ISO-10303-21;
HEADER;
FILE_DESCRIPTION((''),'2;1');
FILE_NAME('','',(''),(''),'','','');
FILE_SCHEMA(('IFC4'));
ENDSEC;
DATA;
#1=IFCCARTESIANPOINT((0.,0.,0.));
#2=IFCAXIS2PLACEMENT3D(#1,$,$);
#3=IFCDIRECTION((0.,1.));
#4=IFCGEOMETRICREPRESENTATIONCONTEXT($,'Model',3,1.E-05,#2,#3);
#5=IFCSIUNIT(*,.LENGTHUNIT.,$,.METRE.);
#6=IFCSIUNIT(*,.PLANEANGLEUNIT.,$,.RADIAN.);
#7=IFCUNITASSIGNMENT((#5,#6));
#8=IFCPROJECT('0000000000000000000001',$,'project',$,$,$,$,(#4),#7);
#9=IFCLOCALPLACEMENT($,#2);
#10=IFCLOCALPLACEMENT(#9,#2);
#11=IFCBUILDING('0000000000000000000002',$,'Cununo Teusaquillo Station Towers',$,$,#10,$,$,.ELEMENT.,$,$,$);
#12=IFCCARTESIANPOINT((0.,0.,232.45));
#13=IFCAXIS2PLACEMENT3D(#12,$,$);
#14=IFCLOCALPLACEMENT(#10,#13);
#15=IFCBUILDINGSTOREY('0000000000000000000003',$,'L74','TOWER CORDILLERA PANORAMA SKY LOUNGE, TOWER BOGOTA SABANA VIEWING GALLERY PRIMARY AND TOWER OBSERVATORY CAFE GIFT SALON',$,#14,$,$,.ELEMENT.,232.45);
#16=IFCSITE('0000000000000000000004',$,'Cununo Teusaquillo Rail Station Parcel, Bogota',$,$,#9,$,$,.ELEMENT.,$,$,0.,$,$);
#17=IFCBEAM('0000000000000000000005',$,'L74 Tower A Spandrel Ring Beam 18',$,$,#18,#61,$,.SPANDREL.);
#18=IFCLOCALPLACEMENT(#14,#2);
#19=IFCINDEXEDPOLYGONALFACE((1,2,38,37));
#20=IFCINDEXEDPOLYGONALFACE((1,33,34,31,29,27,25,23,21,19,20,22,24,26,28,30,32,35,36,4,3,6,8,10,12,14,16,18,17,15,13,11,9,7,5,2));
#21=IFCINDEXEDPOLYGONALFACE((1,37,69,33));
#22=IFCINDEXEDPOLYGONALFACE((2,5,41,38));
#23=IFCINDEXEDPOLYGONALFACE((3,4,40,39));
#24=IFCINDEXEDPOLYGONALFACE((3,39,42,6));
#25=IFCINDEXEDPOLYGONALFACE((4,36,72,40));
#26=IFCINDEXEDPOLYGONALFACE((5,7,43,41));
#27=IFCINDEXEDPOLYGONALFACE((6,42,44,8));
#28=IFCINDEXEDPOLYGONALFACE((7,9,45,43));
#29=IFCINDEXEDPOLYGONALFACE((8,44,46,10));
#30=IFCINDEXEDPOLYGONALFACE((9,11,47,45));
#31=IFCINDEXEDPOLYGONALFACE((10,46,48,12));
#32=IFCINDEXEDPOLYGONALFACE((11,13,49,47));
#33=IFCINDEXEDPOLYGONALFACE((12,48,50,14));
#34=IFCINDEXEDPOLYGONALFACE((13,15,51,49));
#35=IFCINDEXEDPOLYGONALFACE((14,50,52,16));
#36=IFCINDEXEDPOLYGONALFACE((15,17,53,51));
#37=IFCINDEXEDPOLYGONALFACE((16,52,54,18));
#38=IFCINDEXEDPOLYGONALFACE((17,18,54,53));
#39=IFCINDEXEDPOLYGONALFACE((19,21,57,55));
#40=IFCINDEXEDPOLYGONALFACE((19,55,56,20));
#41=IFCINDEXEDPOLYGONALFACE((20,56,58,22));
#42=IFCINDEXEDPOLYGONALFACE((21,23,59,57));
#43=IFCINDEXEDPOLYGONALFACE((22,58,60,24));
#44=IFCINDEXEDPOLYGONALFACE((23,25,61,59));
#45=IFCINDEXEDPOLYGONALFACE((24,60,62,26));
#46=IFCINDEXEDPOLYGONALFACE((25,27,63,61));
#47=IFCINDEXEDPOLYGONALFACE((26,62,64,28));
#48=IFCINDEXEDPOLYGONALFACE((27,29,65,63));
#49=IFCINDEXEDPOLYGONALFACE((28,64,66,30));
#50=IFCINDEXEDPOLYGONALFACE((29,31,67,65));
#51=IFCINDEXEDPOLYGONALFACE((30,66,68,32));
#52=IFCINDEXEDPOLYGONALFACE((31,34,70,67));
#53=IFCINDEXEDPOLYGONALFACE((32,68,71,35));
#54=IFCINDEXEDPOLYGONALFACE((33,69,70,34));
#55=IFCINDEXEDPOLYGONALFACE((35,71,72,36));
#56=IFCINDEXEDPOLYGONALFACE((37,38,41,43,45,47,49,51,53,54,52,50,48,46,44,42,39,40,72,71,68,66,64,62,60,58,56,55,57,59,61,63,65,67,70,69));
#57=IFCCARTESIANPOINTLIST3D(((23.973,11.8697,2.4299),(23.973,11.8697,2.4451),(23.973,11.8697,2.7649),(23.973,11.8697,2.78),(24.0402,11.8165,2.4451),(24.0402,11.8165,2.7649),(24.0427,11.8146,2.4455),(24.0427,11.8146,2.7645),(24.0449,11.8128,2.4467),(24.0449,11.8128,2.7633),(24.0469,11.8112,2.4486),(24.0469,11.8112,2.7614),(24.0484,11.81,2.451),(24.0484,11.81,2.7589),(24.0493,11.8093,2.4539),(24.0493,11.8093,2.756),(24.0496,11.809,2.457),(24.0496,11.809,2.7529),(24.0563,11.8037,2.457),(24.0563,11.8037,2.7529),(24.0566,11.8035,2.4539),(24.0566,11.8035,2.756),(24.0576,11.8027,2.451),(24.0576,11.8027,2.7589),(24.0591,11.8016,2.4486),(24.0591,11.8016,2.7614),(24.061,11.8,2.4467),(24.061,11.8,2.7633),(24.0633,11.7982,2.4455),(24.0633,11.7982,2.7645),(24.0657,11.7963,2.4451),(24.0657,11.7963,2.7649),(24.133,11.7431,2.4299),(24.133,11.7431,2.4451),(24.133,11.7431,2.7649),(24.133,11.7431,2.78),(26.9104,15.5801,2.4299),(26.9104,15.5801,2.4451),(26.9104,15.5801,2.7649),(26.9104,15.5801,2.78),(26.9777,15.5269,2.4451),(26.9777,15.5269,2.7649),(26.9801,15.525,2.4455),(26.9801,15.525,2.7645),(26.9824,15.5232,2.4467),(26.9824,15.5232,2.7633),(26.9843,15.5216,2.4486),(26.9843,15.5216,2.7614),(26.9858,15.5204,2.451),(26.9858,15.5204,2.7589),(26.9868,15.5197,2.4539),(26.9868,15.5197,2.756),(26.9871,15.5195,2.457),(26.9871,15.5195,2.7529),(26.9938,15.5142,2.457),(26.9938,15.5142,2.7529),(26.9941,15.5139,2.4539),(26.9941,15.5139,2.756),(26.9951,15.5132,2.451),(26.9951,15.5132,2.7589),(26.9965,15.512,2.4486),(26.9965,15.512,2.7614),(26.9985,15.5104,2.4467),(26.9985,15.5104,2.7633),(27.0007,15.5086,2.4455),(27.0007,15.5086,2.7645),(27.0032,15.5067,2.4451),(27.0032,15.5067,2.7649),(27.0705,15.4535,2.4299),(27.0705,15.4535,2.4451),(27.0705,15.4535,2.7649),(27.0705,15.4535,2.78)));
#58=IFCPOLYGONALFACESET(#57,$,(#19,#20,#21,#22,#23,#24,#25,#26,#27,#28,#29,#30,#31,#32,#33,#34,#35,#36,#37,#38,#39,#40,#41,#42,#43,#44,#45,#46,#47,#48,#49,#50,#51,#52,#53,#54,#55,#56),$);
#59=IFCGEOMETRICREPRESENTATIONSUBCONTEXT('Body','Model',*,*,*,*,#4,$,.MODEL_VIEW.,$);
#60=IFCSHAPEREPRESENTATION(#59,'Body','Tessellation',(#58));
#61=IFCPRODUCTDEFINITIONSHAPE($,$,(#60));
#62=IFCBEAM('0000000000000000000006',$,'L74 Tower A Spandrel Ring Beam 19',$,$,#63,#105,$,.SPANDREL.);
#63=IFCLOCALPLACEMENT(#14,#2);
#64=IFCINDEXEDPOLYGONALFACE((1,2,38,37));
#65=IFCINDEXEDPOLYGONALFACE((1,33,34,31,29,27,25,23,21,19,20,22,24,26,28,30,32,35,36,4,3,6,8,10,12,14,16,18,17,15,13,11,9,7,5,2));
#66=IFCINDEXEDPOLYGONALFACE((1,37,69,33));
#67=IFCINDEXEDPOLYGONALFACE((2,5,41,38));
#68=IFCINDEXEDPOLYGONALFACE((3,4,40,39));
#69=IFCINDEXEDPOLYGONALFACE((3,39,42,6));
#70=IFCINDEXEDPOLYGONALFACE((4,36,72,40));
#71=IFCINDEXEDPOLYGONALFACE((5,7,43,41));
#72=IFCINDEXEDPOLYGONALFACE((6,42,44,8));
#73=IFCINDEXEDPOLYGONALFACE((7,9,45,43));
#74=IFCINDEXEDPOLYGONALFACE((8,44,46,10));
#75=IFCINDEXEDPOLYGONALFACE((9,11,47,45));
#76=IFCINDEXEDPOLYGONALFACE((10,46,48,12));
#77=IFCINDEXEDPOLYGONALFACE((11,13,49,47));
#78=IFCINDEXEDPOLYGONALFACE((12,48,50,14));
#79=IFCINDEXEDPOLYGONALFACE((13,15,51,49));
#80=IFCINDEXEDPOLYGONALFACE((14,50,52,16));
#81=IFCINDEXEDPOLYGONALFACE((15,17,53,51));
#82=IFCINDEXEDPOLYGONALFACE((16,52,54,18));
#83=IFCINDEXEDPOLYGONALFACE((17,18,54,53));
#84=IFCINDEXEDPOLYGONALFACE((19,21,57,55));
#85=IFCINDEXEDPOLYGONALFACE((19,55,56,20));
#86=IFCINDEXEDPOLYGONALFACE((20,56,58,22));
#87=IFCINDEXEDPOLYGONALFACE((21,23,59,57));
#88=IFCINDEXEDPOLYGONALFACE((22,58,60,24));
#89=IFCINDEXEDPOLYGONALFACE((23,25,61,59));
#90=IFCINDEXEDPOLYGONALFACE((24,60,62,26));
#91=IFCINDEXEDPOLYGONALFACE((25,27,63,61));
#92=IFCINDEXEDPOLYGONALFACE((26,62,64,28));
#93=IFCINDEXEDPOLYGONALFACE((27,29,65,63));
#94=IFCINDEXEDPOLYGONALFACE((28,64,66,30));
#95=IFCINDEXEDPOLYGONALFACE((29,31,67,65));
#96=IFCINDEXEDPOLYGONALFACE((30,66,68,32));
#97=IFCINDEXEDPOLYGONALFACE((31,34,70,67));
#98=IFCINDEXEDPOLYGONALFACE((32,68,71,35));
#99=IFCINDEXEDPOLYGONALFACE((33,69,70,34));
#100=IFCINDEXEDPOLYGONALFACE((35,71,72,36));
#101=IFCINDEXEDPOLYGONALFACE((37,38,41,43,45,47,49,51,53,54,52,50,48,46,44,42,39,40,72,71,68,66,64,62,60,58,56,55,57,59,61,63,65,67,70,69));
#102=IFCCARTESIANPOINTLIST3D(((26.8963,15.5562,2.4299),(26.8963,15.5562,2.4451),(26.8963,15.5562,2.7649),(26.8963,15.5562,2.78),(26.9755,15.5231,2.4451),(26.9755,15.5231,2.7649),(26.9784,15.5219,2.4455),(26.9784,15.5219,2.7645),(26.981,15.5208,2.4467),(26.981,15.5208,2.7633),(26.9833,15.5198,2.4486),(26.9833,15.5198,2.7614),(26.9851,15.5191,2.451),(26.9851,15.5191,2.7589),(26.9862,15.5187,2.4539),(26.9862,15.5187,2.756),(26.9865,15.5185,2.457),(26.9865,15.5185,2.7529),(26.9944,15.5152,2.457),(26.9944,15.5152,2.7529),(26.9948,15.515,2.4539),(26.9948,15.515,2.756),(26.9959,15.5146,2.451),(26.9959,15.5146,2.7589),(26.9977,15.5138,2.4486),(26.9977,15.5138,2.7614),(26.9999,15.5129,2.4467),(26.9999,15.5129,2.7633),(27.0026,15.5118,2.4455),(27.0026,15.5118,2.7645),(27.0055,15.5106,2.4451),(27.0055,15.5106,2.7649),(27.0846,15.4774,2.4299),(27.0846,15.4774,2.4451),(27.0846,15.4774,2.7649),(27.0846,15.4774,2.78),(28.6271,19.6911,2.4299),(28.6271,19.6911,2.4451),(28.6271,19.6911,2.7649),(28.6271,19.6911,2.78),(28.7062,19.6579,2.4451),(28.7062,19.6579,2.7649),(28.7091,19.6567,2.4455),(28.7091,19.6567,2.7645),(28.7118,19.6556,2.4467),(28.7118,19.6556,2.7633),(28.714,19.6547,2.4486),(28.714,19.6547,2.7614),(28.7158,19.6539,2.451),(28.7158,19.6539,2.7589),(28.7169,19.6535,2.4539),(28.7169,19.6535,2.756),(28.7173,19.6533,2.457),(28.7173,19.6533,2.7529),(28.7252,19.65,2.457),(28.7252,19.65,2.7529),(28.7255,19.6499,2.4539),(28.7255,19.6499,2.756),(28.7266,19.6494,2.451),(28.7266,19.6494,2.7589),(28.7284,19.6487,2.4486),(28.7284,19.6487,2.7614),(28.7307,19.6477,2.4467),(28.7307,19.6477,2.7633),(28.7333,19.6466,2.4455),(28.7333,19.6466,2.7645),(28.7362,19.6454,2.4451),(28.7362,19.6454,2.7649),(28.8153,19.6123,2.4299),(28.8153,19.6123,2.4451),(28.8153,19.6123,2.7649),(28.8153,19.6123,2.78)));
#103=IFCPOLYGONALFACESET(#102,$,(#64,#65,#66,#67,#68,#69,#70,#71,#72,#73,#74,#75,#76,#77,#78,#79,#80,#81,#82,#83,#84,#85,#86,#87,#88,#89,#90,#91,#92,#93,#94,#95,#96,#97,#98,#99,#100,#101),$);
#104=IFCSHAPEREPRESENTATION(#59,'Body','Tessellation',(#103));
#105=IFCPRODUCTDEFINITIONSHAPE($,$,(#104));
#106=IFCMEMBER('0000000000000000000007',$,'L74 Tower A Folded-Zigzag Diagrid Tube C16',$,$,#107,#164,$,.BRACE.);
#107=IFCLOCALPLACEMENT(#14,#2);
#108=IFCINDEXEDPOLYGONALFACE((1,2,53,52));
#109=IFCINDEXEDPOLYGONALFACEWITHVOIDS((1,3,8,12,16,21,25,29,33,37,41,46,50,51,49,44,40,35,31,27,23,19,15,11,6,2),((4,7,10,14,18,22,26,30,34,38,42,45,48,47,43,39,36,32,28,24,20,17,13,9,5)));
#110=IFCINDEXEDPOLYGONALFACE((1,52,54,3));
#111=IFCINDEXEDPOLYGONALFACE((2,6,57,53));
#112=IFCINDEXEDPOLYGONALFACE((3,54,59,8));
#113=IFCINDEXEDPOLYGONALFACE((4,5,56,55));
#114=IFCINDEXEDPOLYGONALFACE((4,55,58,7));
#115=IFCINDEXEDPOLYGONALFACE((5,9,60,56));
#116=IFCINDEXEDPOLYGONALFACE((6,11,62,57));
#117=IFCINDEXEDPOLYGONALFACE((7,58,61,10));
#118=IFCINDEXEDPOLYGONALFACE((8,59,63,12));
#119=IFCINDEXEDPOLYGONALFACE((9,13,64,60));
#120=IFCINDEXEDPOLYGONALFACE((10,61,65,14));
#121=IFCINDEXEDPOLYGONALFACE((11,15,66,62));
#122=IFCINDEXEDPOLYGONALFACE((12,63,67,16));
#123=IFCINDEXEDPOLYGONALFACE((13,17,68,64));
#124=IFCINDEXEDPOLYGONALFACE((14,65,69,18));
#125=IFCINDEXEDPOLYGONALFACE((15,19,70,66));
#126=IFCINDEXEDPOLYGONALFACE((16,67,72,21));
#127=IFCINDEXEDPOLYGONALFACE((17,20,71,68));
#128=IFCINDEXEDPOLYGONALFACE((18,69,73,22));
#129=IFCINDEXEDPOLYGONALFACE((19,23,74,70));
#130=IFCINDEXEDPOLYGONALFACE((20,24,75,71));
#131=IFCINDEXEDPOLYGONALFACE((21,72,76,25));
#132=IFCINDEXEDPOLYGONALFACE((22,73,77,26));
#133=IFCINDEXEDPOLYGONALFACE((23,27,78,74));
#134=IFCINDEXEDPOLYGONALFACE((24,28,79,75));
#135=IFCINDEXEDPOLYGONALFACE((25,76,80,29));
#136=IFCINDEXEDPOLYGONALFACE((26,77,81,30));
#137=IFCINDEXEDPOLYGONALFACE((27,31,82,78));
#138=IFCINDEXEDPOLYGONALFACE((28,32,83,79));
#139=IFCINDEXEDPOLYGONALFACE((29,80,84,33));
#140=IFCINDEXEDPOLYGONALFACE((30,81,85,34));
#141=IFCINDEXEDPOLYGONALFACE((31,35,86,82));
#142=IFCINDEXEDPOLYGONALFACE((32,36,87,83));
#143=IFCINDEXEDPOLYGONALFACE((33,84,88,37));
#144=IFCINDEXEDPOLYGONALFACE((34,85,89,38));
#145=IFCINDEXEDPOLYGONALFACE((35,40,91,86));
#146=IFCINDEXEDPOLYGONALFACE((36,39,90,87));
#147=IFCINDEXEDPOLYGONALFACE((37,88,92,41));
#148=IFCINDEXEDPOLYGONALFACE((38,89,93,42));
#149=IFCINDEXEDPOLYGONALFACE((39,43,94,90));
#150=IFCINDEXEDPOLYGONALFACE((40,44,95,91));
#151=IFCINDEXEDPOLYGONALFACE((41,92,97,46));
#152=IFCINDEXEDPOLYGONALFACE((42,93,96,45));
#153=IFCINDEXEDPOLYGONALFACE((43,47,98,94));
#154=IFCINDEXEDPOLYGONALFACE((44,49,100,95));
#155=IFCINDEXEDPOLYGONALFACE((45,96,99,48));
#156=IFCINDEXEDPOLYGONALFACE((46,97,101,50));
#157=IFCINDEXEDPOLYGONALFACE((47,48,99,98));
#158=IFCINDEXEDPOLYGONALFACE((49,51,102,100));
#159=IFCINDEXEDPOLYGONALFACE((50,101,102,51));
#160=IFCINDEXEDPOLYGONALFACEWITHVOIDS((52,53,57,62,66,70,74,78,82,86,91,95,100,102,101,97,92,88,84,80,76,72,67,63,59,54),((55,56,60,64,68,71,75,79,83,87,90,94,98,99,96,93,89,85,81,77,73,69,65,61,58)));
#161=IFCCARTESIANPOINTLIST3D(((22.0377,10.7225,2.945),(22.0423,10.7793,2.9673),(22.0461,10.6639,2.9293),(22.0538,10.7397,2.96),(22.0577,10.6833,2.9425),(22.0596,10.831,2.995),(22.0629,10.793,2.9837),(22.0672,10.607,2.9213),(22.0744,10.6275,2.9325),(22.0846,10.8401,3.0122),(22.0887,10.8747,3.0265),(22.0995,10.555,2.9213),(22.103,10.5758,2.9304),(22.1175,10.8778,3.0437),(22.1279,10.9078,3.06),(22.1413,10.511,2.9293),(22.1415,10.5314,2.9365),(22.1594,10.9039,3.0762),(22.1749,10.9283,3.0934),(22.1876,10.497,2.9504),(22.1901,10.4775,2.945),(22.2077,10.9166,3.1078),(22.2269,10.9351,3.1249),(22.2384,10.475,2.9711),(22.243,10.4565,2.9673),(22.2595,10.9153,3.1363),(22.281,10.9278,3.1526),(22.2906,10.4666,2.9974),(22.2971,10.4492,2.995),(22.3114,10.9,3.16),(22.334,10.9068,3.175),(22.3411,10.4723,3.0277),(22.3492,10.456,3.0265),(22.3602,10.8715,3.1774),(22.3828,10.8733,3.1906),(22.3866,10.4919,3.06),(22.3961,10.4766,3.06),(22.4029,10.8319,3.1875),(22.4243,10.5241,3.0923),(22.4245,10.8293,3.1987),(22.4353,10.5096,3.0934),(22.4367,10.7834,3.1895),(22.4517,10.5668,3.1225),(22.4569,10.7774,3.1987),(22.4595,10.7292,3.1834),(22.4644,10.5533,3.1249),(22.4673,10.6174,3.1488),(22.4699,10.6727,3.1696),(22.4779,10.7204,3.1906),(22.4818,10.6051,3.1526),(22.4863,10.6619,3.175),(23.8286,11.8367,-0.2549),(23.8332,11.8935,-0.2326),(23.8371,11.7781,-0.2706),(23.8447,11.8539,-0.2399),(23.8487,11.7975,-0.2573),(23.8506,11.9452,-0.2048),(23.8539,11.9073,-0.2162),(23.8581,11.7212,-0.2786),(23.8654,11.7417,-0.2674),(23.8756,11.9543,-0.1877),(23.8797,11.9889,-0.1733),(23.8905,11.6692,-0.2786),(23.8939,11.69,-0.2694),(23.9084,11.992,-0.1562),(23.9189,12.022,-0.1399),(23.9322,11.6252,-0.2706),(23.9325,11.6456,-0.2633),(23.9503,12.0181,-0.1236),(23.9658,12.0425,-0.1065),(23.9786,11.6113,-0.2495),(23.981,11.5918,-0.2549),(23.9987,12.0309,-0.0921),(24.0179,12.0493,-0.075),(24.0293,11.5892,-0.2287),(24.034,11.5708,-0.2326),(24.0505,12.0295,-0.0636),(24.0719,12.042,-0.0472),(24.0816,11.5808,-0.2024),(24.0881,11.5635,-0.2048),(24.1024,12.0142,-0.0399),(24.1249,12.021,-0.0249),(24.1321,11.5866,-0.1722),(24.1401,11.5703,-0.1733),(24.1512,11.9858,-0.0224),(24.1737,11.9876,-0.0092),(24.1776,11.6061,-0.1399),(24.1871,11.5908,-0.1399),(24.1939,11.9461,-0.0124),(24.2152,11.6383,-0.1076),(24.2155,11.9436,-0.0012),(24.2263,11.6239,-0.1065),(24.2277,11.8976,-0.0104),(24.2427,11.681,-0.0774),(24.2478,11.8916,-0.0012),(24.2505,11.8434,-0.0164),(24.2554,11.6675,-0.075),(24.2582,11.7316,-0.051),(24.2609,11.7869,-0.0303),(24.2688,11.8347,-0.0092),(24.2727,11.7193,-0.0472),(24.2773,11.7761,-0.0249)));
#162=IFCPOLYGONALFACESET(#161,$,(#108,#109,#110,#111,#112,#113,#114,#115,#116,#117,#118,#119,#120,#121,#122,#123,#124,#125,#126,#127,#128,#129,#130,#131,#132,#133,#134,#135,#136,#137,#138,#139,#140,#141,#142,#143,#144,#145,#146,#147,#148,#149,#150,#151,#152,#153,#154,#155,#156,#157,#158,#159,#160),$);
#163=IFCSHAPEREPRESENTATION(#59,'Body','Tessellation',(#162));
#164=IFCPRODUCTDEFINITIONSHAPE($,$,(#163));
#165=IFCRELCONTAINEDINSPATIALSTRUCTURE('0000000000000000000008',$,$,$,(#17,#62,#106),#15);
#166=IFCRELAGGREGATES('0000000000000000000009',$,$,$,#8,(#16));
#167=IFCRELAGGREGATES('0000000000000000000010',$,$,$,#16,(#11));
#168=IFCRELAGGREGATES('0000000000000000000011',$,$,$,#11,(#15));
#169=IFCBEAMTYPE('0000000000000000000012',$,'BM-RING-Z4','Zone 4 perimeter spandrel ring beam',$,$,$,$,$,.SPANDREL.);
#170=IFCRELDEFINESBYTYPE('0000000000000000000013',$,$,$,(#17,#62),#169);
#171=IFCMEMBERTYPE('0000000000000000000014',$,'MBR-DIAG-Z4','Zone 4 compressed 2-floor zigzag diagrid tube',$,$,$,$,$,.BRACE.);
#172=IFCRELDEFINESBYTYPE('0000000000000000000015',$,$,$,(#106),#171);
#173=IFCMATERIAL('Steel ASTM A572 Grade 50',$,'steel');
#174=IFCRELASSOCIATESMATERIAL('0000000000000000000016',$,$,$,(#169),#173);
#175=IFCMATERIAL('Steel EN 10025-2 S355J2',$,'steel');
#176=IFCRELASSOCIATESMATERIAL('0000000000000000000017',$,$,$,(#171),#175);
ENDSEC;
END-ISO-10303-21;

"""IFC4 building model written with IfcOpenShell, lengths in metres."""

from ifc_helpers import new_model, si_unit, direction, frame, origin, origin_2d, place, context, subcontext, project, spatial, hollow_circle, i_section, extrude, material, material_profile, profile_set, type_object, element, save


model = new_model("IFC4")

# Units and contexts
model_context = context("Model", 3, precision=1e-05, world=origin(), true_north=direction((0.0, 1.0)))
body_context = subcontext(model_context, "Body", "Model", "MODEL_VIEW")
ifc_project = project(units=[si_unit("LENGTHUNIT", "METRE"), si_unit("PLANEANGLEUNIT", "RADIAN")], contexts=[model_context])

# Site, building, storey
site_placement = place(None, origin())
site = spatial("IfcSite", under=ifc_project, at=site_placement, Name="Cununo Teusaquillo Rail Station Parcel, Bogota", CompositionType="ELEMENT", RefElevation=0.0)
building_placement = place(site_placement, origin())
building = spatial("IfcBuilding", under=site, at=building_placement, Name="Cununo Teusaquillo Station Towers", CompositionType="ELEMENT")
storey_placement = place(building_placement, frame((0.0, 0.0, 232.45)))
storey = spatial("IfcBuildingStorey", under=building, at=storey_placement, Name="L74", Description="TOWER CORDILLERA PANORAMA SKY LOUNGE, TOWER BOGOTA SABANA VIEWING GALLERY PRIMARY AND TOWER OBSERVATORY CAFE GIFT SALON", CompositionType="ELEMENT", Elevation=232.45)

# Beams
ifc_material_1 = material(Name="Steel ASTM A572 Grade 50", Category="steel")
ifc_material_profile_1 = material_profile(ifc_material_1, i_section(OverallWidth=0.2041, OverallDepth=0.3501, WebThickness=0.0085, FlangeThickness=0.0151, FilletRadius=0.012, at=origin_2d()), Name="W14X48")
ifc_profile_set_1 = profile_set([ifc_material_profile_1], Name="Steel ASTM A572 Grade 50")
beam_type = type_object("IfcBeamType", Name="BM-RING-Z4", Description="Zone 4 perimeter spandrel ring beam", PredefinedType="SPANDREL", material=ifc_profile_set_1)
beam_1_placement = place(storey_placement, frame((24.053, 11.8064, 2.605), z_axis=(0.620711, 0.78404, 0.0), x_axis=(-0.78404, 0.620711, 0.0)))
element("IfcBeam", 1, at=beam_1_placement, inside=storey, type_object=beam_type, Name="L74 Tower A Spandrel Ring Beam 18", PredefinedType="SPANDREL", context=body_context, shape_type="SweptSolid", body=[
    extrude(i_section(OverallWidth=0.2041, OverallDepth=0.3501, WebThickness=0.0085, FlangeThickness=0.0151, FilletRadius=0.012, at=origin_2d()), origin(), (0.0, 0.0, 1.0), 4.7324),
])
beam_2_placement = place(storey_placement, frame((26.9905, 15.5168, 2.605), z_axis=(0.386115, 0.92245, 0.0), x_axis=(-0.92245, 0.386115, 0.0)))
element("IfcBeam", 2, at=beam_2_placement, inside=storey, type_object=beam_type, Name="L74 Tower A Spandrel Ring Beam 19", PredefinedType="SPANDREL", context=body_context, shape_type="SweptSolid", body=[
    extrude(i_section(OverallWidth=0.2041, OverallDepth=0.3501, WebThickness=0.0085, FlangeThickness=0.0151, FilletRadius=0.012, at=origin_2d()), origin(), (0.0, 0.0, 1.0), 4.4824),
])

# Member
ifc_material_2 = material(Name="Steel EN 10025-2 S355J2", Category="steel")
ifc_material_profile_2 = material_profile(ifc_material_2, hollow_circle(Radius=0.2539, WallThickness=0.0181, at=origin_2d()), Name="CHS 508x18")
ifc_profile_set_2 = profile_set([ifc_material_profile_2], Name="Steel EN 10025-2 S355J2")
member_type = type_object("IfcMemberType", Name="MBR-DIAG-Z4", Description="Zone 4 compressed 2-floor zigzag diagrid tube", PredefinedType="BRACE", material=ifc_profile_set_2)
member_1_placement = place(storey_placement, frame((24.053, 11.8064, -0.1399), z_axis=(-0.467308, -0.29073, 0.834925), x_axis=(0.52825, -0.849089, 0.0)))
element("IfcMember", 3, at=member_1_placement, inside=storey, type_object=member_type, Name="L74 Tower A Folded-Zigzag Diagrid Tube C16", PredefinedType="BRACE", context=body_context, shape_type="SweptSolid", body=[
    extrude(hollow_circle(Radius=0.2539, WallThickness=0.0181, at=origin_2d()), origin(), (0.0, 0.0, 1.0), 3.8325),
])

save(model, "model.ifc")
